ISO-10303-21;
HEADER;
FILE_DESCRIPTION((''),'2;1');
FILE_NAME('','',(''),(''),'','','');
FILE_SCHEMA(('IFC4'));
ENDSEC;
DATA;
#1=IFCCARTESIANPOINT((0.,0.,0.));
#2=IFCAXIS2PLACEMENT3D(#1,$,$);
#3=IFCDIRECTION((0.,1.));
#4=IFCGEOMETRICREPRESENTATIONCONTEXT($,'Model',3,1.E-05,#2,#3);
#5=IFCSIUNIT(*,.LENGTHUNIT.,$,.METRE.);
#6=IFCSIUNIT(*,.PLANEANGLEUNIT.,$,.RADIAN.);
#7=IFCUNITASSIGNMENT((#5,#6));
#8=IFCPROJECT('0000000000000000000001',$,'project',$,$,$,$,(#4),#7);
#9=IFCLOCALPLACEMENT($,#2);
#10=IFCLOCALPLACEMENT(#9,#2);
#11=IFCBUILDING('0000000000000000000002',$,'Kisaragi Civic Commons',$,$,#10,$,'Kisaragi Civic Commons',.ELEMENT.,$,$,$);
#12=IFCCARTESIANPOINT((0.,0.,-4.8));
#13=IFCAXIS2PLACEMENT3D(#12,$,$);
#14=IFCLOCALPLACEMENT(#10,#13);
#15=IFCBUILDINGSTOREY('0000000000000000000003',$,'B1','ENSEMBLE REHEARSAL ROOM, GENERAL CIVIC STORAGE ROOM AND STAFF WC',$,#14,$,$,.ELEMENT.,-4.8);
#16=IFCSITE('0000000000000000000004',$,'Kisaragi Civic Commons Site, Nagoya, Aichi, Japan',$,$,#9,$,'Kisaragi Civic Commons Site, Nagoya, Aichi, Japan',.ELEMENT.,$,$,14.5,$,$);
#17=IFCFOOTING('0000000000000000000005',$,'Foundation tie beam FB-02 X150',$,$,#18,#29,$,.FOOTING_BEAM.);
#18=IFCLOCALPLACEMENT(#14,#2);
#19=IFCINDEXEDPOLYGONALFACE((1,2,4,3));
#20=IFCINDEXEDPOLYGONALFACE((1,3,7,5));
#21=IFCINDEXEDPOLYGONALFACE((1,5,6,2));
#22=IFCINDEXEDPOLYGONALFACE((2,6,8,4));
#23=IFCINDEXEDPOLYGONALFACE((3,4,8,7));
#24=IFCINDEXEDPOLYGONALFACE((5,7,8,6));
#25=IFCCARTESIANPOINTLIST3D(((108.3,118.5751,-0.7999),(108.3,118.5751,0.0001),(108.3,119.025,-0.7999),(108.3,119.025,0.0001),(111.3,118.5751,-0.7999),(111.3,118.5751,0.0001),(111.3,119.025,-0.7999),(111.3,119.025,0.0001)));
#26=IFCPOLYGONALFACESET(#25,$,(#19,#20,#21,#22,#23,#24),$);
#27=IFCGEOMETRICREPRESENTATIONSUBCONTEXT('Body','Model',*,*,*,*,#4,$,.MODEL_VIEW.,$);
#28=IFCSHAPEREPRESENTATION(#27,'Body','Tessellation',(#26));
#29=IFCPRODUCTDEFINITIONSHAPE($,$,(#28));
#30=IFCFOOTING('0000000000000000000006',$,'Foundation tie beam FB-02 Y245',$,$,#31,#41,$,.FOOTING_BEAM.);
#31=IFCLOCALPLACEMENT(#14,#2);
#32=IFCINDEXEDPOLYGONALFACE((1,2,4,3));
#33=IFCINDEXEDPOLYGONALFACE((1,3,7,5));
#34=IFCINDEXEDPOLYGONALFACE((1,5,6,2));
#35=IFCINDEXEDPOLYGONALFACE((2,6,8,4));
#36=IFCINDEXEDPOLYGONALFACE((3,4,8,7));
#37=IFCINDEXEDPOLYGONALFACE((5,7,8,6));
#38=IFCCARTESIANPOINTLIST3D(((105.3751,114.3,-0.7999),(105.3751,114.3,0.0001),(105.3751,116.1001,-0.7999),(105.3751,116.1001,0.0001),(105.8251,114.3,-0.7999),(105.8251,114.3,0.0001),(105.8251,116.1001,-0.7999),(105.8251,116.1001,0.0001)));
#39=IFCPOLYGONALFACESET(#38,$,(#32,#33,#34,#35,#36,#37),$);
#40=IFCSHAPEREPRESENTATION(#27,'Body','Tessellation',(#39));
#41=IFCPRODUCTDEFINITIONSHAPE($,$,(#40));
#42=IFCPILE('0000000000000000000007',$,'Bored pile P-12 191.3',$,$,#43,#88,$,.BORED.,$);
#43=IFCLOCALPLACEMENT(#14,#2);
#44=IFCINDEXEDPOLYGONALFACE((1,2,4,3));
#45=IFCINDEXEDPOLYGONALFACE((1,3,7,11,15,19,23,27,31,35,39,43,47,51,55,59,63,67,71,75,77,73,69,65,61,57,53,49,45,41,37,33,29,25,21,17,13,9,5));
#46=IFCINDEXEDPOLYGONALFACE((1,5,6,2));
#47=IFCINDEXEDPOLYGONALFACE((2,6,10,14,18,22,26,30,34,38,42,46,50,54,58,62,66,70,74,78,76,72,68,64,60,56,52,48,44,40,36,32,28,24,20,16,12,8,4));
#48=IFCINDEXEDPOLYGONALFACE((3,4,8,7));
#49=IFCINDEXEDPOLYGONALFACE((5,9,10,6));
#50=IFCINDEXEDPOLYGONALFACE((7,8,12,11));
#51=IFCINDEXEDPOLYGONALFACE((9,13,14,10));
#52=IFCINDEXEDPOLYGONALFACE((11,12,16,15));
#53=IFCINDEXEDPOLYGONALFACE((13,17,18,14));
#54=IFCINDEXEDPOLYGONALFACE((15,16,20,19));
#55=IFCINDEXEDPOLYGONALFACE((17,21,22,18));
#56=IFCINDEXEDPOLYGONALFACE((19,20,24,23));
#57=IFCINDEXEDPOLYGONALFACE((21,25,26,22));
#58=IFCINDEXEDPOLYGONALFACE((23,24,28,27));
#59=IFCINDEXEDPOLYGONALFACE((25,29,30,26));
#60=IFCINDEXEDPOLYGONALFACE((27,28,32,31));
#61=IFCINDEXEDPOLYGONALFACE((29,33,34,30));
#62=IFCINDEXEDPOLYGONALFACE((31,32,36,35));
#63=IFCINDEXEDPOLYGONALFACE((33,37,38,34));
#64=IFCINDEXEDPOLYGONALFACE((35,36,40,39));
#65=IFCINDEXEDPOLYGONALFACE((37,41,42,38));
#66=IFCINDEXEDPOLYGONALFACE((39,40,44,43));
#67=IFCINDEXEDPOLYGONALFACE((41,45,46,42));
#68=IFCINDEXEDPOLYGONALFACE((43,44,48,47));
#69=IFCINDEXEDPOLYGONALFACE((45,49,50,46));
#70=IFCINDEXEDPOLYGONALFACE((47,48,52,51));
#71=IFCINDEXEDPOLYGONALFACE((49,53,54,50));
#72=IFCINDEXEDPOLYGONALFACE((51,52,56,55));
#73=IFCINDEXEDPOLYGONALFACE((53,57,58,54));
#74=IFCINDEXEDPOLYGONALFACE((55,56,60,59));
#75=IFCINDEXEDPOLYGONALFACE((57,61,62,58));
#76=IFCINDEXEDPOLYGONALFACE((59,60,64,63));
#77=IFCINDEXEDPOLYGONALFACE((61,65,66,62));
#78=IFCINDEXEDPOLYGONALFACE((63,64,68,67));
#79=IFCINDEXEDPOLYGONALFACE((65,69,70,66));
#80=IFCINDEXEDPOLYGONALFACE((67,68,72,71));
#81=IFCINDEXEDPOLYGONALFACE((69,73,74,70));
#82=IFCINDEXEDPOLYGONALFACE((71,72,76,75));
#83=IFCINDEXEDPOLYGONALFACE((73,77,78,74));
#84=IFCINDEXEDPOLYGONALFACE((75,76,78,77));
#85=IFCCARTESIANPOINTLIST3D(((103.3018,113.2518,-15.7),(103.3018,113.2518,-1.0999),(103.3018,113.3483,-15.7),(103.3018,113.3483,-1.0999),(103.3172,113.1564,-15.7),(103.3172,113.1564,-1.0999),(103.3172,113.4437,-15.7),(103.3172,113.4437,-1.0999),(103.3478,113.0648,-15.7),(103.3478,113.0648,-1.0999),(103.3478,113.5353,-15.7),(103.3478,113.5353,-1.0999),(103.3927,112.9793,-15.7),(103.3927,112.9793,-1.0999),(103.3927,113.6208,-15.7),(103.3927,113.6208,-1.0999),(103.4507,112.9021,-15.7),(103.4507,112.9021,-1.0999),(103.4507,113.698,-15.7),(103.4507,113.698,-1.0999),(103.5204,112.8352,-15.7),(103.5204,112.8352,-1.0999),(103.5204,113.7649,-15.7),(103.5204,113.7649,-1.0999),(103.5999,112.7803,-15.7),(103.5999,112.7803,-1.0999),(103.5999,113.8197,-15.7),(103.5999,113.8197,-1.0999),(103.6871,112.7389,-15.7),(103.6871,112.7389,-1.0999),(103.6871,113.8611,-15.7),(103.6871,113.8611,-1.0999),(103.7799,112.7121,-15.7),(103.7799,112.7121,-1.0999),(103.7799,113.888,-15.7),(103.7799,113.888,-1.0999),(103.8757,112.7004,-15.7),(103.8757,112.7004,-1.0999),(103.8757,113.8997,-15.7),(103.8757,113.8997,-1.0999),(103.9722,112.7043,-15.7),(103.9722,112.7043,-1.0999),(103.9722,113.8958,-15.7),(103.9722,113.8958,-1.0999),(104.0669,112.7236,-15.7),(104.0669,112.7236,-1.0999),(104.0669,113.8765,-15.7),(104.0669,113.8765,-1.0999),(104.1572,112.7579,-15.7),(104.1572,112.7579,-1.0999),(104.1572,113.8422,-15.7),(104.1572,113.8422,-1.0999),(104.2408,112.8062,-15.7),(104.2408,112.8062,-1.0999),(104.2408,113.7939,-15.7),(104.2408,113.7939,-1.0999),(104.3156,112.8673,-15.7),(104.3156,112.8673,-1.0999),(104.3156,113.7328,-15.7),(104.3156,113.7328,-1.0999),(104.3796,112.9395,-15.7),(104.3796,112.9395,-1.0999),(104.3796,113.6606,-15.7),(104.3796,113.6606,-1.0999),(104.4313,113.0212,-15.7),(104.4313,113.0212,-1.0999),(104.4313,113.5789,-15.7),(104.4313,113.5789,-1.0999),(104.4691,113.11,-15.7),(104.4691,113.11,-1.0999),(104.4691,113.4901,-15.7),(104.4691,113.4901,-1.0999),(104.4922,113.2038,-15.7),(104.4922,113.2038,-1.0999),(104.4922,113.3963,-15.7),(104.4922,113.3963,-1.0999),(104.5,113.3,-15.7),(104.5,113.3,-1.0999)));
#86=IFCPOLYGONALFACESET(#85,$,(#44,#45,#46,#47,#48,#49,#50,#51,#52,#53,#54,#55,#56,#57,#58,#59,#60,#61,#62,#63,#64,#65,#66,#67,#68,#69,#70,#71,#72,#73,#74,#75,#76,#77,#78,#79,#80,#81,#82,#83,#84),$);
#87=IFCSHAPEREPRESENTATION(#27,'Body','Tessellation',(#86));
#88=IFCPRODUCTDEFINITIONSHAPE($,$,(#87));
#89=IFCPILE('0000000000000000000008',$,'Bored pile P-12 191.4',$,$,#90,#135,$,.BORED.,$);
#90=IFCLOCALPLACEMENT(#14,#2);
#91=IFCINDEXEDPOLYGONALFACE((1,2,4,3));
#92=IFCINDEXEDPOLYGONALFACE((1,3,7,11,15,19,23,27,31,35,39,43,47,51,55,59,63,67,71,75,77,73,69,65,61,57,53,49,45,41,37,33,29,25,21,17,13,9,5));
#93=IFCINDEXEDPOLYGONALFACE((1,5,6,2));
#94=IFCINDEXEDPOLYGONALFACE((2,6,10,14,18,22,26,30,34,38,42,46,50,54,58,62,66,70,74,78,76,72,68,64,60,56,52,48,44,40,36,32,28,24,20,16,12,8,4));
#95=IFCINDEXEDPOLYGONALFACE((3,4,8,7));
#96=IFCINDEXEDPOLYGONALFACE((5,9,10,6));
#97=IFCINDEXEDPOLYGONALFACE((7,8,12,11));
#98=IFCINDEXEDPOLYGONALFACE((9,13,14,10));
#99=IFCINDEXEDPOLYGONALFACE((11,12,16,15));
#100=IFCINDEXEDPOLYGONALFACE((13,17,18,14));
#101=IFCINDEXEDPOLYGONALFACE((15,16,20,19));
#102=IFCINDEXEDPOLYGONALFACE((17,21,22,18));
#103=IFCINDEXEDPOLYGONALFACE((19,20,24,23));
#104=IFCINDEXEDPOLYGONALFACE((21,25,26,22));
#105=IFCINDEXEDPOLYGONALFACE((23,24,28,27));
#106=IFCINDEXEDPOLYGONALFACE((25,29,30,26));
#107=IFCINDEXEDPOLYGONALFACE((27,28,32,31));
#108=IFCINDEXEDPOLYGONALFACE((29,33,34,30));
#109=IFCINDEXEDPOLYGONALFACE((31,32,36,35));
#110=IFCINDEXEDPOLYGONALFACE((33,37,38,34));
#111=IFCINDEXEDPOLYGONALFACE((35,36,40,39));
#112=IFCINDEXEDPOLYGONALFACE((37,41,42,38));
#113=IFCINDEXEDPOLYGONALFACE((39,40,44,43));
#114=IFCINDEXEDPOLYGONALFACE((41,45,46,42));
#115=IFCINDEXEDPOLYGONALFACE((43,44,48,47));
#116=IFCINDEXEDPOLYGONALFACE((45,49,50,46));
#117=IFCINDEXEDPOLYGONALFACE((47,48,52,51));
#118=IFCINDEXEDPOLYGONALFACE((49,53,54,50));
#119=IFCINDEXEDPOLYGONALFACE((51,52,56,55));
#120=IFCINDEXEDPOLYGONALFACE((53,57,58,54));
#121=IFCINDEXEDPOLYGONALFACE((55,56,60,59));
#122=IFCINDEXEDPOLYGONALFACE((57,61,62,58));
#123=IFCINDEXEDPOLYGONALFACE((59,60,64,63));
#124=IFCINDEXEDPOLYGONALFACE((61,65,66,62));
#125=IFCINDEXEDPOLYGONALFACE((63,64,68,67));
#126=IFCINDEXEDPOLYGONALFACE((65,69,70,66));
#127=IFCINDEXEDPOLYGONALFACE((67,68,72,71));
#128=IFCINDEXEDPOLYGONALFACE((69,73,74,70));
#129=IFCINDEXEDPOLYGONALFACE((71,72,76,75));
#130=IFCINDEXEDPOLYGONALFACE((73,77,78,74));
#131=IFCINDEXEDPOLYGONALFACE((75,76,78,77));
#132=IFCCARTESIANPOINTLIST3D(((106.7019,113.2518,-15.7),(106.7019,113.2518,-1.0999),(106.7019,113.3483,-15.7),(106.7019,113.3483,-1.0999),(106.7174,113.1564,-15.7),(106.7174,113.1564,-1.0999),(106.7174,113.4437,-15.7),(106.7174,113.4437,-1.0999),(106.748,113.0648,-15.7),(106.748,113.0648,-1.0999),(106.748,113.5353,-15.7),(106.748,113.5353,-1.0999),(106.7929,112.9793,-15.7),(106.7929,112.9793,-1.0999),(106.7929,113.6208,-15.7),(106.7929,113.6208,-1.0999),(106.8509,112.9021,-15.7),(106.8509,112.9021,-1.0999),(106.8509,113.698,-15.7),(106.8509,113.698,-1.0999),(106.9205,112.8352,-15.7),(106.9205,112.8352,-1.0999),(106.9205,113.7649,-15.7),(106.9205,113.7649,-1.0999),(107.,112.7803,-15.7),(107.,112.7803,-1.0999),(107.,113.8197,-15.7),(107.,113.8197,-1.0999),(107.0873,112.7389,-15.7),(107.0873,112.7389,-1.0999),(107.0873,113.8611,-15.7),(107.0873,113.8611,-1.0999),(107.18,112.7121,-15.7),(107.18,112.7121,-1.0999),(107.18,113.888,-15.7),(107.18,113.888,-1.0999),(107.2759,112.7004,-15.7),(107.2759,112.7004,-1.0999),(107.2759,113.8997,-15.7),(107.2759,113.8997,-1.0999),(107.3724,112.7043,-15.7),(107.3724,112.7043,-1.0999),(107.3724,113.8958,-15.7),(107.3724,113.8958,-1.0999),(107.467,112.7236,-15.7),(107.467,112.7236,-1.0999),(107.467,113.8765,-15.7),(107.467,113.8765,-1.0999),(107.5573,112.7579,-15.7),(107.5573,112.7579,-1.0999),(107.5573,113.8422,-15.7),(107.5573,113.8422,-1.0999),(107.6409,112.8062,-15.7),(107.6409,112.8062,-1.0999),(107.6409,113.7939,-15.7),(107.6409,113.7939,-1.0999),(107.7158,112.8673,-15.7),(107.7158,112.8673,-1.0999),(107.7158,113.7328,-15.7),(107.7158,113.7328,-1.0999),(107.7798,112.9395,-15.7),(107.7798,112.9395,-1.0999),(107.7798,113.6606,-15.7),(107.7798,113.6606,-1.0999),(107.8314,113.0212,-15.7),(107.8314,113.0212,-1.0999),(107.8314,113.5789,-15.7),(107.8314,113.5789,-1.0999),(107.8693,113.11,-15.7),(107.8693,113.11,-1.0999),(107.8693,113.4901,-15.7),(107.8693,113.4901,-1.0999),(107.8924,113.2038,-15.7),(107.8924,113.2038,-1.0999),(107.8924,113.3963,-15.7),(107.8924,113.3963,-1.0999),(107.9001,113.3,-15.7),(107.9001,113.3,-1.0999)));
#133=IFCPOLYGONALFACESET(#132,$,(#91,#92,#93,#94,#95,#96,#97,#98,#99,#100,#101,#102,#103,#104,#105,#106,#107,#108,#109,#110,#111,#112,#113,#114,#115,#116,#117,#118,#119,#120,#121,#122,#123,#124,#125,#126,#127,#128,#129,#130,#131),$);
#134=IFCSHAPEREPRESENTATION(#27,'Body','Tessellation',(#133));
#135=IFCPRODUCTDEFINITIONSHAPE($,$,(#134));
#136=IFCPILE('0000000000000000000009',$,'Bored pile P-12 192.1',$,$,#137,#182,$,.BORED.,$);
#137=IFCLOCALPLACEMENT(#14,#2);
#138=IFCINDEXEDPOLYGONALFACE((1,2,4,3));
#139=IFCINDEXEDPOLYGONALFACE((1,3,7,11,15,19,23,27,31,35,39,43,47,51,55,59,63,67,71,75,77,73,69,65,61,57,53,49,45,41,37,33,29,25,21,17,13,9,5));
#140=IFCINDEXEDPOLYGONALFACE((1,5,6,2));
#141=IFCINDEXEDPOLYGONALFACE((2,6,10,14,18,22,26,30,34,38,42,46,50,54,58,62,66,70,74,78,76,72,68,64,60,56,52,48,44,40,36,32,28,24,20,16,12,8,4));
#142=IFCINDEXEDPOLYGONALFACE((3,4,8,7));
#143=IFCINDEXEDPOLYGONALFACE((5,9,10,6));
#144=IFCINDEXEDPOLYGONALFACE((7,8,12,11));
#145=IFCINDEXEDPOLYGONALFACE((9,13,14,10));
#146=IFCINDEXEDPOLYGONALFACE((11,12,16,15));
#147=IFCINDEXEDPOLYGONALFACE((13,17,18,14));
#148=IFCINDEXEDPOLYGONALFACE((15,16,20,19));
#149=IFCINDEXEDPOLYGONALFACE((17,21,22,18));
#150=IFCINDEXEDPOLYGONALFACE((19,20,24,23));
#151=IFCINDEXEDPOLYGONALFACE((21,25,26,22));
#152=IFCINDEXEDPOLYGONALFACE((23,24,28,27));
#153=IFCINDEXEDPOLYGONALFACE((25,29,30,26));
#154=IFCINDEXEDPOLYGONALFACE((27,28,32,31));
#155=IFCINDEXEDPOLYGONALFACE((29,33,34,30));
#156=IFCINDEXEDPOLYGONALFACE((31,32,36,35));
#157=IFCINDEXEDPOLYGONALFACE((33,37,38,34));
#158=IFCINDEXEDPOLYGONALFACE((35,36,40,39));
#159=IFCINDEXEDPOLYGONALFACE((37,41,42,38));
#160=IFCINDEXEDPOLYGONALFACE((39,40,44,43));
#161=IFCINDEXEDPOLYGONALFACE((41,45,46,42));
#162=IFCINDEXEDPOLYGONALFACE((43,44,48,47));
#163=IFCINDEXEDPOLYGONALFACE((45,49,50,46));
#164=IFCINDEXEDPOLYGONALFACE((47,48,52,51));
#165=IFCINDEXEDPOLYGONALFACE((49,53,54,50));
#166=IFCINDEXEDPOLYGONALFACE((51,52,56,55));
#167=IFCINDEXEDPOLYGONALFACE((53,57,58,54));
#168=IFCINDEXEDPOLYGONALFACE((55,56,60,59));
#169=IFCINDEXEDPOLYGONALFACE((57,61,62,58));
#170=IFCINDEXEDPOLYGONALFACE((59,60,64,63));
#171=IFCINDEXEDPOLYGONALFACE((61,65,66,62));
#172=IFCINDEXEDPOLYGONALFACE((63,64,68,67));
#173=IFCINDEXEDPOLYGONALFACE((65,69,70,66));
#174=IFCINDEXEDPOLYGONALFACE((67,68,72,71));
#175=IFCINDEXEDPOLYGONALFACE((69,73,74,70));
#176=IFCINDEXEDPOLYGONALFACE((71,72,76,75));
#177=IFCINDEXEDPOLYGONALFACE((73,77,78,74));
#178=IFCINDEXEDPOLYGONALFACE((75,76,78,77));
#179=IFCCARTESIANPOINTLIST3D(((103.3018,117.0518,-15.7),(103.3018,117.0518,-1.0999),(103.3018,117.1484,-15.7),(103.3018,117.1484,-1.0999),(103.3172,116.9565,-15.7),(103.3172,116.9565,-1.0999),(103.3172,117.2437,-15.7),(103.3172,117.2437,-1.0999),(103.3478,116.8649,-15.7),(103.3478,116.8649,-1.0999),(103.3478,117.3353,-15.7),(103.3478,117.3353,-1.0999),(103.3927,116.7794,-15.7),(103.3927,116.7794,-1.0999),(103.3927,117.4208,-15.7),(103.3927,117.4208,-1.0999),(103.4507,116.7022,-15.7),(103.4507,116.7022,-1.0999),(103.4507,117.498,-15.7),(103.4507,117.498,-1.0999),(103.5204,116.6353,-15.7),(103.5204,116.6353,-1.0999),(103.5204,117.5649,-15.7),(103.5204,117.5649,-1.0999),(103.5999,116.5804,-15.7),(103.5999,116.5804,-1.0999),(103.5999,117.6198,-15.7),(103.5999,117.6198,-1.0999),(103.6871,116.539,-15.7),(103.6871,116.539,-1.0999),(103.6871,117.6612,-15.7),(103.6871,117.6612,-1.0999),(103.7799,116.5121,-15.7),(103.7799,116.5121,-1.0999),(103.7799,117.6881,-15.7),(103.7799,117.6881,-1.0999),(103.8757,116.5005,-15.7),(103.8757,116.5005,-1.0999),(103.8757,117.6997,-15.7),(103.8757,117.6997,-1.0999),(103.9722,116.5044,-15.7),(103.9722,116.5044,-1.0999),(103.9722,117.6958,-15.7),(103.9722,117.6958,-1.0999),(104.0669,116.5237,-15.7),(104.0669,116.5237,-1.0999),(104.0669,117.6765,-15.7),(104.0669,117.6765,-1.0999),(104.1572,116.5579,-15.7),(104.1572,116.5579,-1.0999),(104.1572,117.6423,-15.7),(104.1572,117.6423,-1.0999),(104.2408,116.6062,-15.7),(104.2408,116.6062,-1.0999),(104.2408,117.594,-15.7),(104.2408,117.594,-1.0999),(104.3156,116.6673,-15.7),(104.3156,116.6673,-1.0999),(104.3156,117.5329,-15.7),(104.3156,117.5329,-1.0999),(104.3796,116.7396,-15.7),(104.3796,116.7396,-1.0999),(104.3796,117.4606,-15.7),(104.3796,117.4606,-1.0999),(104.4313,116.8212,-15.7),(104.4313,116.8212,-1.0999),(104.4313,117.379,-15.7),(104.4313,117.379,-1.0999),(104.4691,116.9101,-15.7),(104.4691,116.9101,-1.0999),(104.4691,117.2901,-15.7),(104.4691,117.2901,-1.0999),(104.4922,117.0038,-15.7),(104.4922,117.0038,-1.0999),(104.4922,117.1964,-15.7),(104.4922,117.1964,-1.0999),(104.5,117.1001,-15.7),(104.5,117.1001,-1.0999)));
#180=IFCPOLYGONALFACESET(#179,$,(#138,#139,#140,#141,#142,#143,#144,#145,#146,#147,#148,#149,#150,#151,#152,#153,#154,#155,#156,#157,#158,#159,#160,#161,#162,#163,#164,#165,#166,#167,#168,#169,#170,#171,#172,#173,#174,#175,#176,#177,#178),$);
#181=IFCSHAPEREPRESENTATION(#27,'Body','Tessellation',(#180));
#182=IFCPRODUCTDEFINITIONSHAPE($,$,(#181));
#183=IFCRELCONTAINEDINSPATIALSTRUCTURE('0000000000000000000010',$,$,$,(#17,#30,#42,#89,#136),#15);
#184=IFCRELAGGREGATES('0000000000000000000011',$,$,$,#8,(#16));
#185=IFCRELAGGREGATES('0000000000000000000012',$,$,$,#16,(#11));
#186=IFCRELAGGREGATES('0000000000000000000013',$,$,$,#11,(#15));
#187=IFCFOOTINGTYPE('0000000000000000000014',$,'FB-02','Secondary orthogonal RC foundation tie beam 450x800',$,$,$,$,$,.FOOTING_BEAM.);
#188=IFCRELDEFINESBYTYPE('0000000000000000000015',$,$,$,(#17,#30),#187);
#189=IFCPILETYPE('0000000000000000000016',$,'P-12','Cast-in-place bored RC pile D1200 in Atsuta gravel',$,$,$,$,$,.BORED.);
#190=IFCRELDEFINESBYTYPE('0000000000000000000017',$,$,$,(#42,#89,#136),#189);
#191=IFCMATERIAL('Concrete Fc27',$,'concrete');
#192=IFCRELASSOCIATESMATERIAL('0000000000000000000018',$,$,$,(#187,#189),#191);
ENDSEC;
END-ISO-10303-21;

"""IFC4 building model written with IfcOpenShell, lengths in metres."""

from ifc_helpers import new_model, si_unit, direction, frame, origin, origin_2d, place, context, subcontext, project, spatial, rectangle, circle, extrude, material, material_profile, profile_set, type_object, element, save


model = new_model("IFC4")

# Units and contexts
model_context = context("Model", 3, precision=1e-05, world=origin(), true_north=direction((0.0, 1.0)))
body_context = subcontext(model_context, "Body", "Model", "MODEL_VIEW")
ifc_project = project(units=[si_unit("LENGTHUNIT", "METRE"), si_unit("PLANEANGLEUNIT", "RADIAN")], contexts=[model_context])

# Site, building, storey
site_placement = place(None, origin())
site = spatial("IfcSite", under=ifc_project, at=site_placement, Name="Kisaragi Civic Commons Site, Nagoya, Aichi, Japan", LongName="Kisaragi Civic Commons Site, Nagoya, Aichi, Japan", CompositionType="ELEMENT", RefElevation=14.5)
building_placement = place(site_placement, origin())
building = spatial("IfcBuilding", under=site, at=building_placement, Name="Kisaragi Civic Commons", LongName="Kisaragi Civic Commons", CompositionType="ELEMENT")
storey_placement = place(building_placement, frame((0.0, 0.0, -4.8)))
storey = spatial("IfcBuildingStorey", under=building, at=storey_placement, Name="B1", Description="ENSEMBLE REHEARSAL ROOM, GENERAL CIVIC STORAGE ROOM AND STAFF WC", CompositionType="ELEMENT", Elevation=-4.8)

# Footings
ifc_material_1 = material(Name="Concrete Fc27", Category="concrete")
ifc_material_profile_1 = material_profile(ifc_material_1, rectangle(XDim=0.45, YDim=0.8, at=origin_2d()), Name="RC-450x800", Category="concrete")
ifc_profile_set_1 = profile_set([ifc_material_profile_1], Name="Concrete Fc27")
footing_type_1 = type_object("IfcFootingType", Name="FB-02", Description="Secondary orthogonal RC foundation tie beam 450x800", PredefinedType="FOOTING_BEAM", material=ifc_profile_set_1)
footing_1_placement = place(storey_placement, frame((108.3, 118.8, -0.3999), z_axis=(1.0, 0.0, 0.0), x_axis=(0.0, 1.0, 0.0)))
element("IfcFooting", 1, at=footing_1_placement, inside=storey, type_object=footing_type_1, Name="Foundation tie beam FB-02 X150", PredefinedType="FOOTING_BEAM", context=body_context, shape_type="SweptSolid", body=[
    extrude(rectangle(XDim=0.45, YDim=0.8, at=origin_2d()), origin(), (0.0, 0.0, 1.0), 3.0),
])
footing_2_placement = place(storey_placement, frame((105.6001, 114.3, -0.3999), z_axis=(0.0, 1.0, 0.0), x_axis=(-1.0, 0.0, 0.0)))
element("IfcFooting", 2, at=footing_2_placement, inside=storey, type_object=footing_type_1, Name="Foundation tie beam FB-02 Y245", PredefinedType="FOOTING_BEAM", context=body_context, shape_type="SweptSolid", body=[
    extrude(rectangle(XDim=0.45, YDim=0.8, at=origin_2d()), origin(), (0.0, 0.0, 1.0), 1.8),
])

# Piles
ifc_material_profile_2 = material_profile(ifc_material_1, circle(Radius=0.6001, at=origin_2d()), Name="PILE-D1200", Category="concrete")
ifc_profile_set_2 = profile_set([ifc_material_profile_2], Name="Concrete Fc27")
pile_type = type_object("IfcPileType", Name="P-12", Description="Cast-in-place bored RC pile D1200 in Atsuta gravel", PredefinedType="BORED", material=ifc_profile_set_2)
for number, where, z_axis, x_axis, name in (
    (3, (103.8999, 113.3, -1.0999), (0.0, 0.0, -1.0), (1.0, 0.0, 0.0), "Bored pile P-12 191.3"),
    (4, (107.3, 113.3, -1.0999), (0.0, 0.0, -1.0), (1.0, 0.0, 0.0), "Bored pile P-12 191.4"),
    (5, (103.8999, 117.1001, -1.0999), (0.0, 0.0, -1.0), (1.0, 0.0, 0.0), "Bored pile P-12 192.1"),
):
    element("IfcPile", number, at=place(storey_placement, frame(where, z_axis=z_axis, x_axis=x_axis)), inside=storey, type_object=pile_type, Name=name, PredefinedType="BORED", context=body_context, shape_type="SweptSolid", body=[
        extrude(circle(Radius=0.6001, at=origin_2d()), origin(), (0.0, 0.0, 1.0), 14.6001),
    ])

save(model, "model.ifc")
